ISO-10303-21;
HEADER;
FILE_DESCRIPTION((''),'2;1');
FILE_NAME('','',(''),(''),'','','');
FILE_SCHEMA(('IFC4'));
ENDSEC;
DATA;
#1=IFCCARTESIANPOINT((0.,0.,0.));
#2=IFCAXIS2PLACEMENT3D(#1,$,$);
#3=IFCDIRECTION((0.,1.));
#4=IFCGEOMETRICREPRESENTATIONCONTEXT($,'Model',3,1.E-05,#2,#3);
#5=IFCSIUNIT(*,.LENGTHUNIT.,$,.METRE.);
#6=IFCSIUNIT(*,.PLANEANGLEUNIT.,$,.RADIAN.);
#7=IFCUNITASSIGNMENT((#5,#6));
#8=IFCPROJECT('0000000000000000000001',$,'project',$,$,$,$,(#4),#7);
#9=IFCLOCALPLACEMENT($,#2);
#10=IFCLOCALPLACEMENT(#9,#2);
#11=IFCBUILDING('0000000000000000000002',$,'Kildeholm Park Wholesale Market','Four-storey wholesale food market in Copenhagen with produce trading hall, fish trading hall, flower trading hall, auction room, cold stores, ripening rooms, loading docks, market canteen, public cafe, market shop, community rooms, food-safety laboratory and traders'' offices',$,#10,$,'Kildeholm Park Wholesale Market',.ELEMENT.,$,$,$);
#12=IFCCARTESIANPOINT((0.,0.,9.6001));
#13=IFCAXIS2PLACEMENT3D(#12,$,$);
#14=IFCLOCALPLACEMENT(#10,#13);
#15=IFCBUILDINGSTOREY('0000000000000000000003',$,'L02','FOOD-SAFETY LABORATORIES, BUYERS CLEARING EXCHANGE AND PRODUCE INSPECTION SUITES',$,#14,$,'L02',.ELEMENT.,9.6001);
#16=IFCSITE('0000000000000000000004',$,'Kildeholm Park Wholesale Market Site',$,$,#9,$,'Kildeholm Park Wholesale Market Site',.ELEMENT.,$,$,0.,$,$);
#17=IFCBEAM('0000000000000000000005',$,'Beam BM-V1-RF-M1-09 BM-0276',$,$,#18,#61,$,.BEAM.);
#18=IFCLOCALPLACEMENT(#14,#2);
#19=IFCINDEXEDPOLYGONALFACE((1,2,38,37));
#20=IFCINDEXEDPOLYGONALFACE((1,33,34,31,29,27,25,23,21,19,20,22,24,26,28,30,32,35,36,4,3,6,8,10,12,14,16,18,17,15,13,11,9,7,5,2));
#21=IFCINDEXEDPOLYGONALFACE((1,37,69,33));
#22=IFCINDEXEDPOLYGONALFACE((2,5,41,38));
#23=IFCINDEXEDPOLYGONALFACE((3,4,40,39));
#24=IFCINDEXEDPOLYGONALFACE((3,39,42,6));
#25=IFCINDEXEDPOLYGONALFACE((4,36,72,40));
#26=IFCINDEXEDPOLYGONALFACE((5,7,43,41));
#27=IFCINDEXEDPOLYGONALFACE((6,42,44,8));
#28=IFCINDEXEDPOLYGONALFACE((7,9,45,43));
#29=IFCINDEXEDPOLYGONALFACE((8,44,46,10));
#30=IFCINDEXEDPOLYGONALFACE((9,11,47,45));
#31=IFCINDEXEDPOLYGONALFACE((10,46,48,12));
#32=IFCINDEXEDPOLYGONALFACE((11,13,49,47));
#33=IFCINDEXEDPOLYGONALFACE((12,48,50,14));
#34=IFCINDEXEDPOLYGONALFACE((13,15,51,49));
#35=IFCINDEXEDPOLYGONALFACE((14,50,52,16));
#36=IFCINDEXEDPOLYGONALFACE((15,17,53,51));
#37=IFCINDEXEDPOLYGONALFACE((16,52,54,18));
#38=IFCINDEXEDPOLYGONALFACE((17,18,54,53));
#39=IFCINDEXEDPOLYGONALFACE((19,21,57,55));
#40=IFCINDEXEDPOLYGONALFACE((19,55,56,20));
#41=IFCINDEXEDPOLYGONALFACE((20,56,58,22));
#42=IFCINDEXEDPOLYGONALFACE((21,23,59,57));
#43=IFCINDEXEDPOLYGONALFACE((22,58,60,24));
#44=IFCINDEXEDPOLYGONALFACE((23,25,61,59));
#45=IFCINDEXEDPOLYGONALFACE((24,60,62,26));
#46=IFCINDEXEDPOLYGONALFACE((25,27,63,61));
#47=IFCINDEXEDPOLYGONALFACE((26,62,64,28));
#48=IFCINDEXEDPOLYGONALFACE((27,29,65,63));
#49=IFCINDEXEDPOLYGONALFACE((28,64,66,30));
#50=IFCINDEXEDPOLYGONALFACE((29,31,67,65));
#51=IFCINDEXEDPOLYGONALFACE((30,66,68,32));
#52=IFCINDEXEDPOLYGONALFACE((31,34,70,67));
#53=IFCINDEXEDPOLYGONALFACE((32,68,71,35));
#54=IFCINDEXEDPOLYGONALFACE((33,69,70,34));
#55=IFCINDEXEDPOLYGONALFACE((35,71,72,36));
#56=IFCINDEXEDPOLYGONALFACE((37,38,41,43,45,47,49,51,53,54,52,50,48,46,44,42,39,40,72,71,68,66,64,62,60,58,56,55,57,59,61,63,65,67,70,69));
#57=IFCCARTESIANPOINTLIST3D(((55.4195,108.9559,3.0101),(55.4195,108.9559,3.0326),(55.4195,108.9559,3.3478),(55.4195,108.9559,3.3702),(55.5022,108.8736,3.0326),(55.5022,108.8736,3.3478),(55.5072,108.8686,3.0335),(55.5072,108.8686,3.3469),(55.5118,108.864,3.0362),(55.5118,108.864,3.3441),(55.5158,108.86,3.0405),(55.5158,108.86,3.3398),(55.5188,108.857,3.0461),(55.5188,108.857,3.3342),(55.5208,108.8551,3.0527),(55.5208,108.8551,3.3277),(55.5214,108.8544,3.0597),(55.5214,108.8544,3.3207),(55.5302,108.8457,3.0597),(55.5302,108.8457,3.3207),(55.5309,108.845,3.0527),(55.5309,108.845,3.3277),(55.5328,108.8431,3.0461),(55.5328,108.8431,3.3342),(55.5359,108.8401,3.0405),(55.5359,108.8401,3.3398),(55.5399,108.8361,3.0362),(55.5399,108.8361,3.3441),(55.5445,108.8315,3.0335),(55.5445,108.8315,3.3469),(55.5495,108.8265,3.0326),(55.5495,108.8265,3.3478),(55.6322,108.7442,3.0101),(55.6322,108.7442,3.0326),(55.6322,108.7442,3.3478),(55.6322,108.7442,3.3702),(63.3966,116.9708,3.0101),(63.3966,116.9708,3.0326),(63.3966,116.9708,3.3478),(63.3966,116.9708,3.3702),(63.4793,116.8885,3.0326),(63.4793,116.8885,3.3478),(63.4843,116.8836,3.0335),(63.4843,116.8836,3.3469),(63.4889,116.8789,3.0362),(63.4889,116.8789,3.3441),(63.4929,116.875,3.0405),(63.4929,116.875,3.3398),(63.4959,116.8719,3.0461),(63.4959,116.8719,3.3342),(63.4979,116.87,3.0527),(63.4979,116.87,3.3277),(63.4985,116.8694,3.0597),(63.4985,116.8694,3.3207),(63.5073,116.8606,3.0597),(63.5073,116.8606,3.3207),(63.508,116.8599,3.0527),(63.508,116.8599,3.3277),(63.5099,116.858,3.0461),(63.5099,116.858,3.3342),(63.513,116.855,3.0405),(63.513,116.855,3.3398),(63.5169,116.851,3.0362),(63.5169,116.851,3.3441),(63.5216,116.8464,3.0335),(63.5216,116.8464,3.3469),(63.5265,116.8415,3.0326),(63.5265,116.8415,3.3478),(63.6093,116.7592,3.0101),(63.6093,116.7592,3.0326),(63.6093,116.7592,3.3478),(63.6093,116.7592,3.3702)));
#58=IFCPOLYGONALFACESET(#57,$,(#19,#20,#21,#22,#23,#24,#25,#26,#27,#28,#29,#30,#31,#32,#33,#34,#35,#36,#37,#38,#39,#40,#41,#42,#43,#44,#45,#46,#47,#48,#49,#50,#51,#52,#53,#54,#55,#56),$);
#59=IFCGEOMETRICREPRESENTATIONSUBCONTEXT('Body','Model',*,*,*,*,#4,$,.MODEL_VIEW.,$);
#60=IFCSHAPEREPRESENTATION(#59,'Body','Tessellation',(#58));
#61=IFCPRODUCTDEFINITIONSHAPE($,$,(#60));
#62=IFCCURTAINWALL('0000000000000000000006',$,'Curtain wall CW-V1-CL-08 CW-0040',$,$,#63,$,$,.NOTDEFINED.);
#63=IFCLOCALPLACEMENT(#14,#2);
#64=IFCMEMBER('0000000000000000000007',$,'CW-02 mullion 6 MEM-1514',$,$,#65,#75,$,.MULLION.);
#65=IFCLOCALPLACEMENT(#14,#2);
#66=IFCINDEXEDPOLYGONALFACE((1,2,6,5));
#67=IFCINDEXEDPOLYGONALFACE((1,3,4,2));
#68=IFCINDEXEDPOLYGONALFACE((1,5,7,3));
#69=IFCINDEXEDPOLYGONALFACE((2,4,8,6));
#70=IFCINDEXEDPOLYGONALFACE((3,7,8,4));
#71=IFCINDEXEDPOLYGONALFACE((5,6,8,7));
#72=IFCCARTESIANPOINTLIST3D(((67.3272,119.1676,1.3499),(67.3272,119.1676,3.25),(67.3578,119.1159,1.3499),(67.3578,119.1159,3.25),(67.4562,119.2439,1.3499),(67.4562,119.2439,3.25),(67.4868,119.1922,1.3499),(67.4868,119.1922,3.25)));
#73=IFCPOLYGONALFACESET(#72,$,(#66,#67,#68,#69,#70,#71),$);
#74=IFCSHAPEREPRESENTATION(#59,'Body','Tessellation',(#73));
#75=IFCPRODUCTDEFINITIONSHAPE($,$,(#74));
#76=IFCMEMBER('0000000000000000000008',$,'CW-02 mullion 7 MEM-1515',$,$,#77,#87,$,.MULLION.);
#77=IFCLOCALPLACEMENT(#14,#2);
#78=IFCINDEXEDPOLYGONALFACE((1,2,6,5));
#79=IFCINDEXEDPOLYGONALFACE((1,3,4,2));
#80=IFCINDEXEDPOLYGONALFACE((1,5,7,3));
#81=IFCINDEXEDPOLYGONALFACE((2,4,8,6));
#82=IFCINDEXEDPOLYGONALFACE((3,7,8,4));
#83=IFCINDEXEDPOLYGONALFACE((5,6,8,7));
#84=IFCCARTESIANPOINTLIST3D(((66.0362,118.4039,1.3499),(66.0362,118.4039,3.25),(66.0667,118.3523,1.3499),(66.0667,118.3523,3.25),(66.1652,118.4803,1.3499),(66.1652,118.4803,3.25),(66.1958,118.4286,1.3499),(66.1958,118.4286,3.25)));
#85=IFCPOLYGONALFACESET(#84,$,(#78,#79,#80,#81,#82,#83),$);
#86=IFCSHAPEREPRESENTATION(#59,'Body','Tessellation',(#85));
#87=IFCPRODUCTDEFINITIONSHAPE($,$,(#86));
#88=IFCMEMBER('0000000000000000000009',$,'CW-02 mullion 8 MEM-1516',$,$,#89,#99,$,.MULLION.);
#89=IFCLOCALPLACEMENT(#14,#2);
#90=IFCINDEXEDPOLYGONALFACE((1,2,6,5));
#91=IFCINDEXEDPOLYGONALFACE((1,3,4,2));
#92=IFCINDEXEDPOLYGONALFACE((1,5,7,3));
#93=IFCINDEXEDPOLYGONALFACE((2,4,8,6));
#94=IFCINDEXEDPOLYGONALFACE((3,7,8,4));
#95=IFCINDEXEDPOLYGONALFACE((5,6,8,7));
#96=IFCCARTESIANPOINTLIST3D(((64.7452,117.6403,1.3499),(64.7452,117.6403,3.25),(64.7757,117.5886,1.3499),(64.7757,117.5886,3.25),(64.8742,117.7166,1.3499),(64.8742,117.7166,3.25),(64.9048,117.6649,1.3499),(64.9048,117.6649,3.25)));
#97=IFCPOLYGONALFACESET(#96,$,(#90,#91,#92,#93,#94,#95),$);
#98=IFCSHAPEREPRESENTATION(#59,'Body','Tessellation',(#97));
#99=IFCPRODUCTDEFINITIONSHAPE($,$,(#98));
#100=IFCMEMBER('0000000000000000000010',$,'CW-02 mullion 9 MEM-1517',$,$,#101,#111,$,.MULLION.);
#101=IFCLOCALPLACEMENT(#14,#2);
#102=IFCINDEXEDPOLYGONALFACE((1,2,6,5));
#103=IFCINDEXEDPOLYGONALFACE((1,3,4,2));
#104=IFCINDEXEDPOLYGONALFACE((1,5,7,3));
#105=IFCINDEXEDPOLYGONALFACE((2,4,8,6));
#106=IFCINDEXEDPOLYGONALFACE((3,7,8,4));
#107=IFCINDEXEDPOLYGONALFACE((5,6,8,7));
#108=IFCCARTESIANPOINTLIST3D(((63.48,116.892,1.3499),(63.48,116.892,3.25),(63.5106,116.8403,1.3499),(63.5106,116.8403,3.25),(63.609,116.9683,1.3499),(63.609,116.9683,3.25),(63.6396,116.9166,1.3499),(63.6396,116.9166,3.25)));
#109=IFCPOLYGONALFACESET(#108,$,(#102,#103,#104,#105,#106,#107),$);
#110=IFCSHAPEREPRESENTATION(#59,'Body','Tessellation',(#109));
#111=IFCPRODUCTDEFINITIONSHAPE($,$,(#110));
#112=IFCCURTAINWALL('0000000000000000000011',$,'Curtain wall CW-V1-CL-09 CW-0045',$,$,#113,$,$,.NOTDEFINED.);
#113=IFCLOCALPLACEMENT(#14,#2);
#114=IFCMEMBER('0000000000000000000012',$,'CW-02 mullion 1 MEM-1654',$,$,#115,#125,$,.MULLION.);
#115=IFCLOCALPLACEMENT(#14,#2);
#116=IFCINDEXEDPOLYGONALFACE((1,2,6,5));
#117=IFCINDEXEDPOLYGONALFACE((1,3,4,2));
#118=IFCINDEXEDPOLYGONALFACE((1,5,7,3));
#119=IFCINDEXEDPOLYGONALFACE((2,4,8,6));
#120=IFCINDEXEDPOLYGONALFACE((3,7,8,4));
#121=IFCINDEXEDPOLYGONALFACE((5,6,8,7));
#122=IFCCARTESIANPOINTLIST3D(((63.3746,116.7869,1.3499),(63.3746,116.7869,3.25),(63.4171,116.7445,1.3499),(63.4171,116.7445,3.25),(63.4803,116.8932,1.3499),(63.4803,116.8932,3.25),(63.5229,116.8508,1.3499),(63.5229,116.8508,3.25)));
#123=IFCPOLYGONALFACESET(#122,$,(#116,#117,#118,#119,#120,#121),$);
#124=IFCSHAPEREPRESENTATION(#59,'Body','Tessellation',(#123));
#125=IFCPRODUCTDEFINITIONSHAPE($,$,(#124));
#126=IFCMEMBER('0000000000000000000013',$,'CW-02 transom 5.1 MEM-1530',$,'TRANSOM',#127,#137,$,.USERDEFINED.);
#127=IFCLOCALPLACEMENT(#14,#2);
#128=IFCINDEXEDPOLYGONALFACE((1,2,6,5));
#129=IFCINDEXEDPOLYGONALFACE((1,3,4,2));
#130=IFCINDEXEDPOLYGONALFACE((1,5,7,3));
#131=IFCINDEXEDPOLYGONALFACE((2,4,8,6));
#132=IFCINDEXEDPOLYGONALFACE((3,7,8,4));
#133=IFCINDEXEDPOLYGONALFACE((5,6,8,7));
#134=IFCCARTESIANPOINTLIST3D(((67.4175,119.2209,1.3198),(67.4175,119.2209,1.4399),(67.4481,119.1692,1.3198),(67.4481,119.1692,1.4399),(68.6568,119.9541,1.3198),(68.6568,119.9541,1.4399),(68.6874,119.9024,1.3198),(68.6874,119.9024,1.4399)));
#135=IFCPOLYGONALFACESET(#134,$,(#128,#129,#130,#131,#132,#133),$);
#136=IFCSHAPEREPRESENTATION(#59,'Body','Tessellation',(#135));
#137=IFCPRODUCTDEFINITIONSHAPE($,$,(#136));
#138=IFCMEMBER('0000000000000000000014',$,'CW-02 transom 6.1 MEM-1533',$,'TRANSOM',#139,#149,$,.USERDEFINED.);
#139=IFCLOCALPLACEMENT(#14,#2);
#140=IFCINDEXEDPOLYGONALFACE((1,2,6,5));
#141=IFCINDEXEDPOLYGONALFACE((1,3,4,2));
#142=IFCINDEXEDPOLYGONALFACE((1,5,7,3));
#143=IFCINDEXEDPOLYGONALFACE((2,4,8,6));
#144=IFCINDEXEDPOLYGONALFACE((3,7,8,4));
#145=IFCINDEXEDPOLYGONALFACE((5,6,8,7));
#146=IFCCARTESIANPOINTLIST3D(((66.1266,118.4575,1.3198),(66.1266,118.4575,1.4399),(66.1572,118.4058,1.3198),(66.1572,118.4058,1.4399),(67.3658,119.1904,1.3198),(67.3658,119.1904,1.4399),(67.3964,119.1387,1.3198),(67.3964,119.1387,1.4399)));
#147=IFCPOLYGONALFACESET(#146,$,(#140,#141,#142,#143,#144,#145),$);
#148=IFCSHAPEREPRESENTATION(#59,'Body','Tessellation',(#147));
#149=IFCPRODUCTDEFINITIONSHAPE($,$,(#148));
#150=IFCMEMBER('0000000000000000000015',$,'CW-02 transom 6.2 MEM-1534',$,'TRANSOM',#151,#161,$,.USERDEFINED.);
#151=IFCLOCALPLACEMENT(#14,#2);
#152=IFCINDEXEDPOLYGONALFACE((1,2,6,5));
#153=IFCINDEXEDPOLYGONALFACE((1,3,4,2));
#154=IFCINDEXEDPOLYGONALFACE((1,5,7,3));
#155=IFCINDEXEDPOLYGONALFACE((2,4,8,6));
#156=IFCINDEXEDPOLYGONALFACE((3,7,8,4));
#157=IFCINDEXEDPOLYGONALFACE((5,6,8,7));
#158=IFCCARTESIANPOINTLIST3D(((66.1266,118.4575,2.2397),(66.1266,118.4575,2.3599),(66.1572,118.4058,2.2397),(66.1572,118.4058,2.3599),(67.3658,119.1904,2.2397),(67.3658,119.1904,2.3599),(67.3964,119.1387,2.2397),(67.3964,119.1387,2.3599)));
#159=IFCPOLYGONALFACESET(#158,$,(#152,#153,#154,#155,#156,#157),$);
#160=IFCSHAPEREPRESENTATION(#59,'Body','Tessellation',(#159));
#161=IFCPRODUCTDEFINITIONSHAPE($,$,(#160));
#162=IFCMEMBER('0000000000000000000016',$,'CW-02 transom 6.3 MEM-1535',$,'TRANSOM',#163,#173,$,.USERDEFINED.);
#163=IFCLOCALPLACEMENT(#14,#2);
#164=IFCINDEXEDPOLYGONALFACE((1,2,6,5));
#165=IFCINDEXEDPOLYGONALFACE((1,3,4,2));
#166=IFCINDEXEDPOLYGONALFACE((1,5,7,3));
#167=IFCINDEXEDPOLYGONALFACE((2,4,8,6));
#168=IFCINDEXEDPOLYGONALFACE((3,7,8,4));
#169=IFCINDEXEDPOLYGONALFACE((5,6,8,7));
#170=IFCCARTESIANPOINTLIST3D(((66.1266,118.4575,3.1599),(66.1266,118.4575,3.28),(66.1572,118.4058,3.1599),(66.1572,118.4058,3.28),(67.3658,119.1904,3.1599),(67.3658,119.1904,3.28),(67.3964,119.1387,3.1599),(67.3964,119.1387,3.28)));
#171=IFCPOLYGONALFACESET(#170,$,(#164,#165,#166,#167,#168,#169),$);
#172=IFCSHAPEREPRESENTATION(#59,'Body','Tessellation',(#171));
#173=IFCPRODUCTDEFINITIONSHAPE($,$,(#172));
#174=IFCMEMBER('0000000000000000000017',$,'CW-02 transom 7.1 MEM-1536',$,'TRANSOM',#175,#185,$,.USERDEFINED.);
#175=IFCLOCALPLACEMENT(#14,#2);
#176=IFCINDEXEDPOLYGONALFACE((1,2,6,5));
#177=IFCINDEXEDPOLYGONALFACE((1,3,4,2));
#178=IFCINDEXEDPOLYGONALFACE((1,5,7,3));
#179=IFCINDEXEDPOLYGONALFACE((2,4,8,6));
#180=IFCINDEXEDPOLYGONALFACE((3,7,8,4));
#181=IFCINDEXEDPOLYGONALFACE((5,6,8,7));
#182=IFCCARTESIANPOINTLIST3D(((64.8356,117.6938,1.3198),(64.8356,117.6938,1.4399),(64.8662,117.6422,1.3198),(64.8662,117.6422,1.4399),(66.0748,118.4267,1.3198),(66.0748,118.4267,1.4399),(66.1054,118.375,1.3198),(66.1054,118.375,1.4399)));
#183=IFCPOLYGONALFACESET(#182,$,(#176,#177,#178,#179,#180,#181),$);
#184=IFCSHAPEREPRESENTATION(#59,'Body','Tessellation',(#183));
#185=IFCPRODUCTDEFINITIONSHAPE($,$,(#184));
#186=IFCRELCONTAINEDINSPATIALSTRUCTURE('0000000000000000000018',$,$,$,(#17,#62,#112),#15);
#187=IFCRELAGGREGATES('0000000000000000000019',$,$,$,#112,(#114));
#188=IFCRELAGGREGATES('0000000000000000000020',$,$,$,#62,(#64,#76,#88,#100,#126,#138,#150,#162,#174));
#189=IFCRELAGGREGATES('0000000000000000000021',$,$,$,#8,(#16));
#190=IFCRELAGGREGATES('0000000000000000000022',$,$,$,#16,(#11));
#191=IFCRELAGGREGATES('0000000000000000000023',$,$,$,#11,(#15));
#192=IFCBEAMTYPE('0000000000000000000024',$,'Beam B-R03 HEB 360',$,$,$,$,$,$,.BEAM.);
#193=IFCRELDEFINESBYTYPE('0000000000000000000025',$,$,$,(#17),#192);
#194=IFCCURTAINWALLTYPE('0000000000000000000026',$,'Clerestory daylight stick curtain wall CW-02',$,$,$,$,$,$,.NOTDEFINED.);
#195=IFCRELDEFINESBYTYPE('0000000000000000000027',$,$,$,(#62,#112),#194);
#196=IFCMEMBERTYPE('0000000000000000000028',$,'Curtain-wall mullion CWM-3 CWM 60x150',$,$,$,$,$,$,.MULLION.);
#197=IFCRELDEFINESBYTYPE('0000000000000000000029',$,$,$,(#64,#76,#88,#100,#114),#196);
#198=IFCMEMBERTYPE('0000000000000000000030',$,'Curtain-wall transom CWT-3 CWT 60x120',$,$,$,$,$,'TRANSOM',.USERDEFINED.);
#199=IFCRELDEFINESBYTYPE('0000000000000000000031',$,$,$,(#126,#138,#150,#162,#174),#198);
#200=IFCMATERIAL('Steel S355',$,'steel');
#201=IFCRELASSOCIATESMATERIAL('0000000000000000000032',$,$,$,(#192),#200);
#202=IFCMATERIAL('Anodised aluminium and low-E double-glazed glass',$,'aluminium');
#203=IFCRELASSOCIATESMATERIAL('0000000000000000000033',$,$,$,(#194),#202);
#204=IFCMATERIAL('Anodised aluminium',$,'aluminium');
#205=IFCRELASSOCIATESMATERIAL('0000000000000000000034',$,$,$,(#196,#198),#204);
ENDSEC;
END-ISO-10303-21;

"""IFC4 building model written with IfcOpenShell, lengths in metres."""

from ifc_helpers import new_model, si_unit, direction, frame, origin, origin_2d, place, context, subcontext, project, spatial, rectangle, i_section, extrude, material, material_profile, profile_set, type_object, element, aggregate, save


model = new_model("IFC4")

# Units and contexts
model_context = context("Model", 3, precision=1e-05, world=origin(), true_north=direction((0.0, 1.0)))
body_context = subcontext(model_context, "Body", "Model", "MODEL_VIEW")
ifc_project = project(units=[si_unit("LENGTHUNIT", "METRE"), si_unit("PLANEANGLEUNIT", "RADIAN")], contexts=[model_context])

# Site, building, storey
site_placement = place(None, origin())
site = spatial("IfcSite", under=ifc_project, at=site_placement, Name="Kildeholm Park Wholesale Market Site", LongName="Kildeholm Park Wholesale Market Site", CompositionType="ELEMENT", RefElevation=0.0)
building_placement = place(site_placement, origin())
building = spatial("IfcBuilding", under=site, at=building_placement, Name="Kildeholm Park Wholesale Market", Description="Four-storey wholesale food market in Copenhagen with produce trading hall, fish trading hall, flower trading hall, auction room, cold stores, ripening rooms, loading docks, market canteen, public cafe, market shop, community rooms, food-safety laboratory and traders' offices", LongName="Kildeholm Park Wholesale Market", CompositionType="ELEMENT")
storey_placement = place(building_placement, frame((0.0, 0.0, 9.6001)))
storey = spatial("IfcBuildingStorey", under=building, at=storey_placement, Name="L02", Description="FOOD-SAFETY LABORATORIES, BUYERS CLEARING EXCHANGE AND PRODUCE INSPECTION SUITES", LongName="L02", CompositionType="ELEMENT", Elevation=9.6001)

# Shared definitions
ifc_material_1 = material(Name="Steel S355", Category="steel")

# Beam
ifc_material_profile_1 = material_profile(ifc_material_1, i_section(OverallWidth=0.3, OverallDepth=0.3601, WebThickness=0.0125, FlangeThickness=0.0225, FilletRadius=0.0271, at=origin_2d()), Name="HEB 360")
ifc_profile_set_1 = profile_set([ifc_material_profile_1], Name="Steel S355")
beam_type_1 = type_object("IfcBeamType", Name="Beam B-R03 HEB 360", PredefinedType="BEAM", material=ifc_profile_set_1)
beam_1_placement = place(storey_placement, frame((63.5029, 116.865, 3.1902), z_axis=(-0.705432, -0.708778, 0.0), x_axis=(0.708778, -0.705432, 0.0)))
element("IfcBeam", 1, at=beam_1_placement, inside=storey, type_object=beam_type_1, Name="Beam BM-V1-RF-M1-09 BM-0276", PredefinedType="BEAM", context=body_context, shape_type="SweptSolid", body=[
    extrude(i_section(OverallWidth=0.3, OverallDepth=0.3601, WebThickness=0.0125, FlangeThickness=0.0225, FilletRadius=0.0271, at=origin_2d()), origin(), (0.0, 0.0, 1.0), 11.3081),
])

# Curtain wall, members
ifc_material_2 = material(Name="Anodised aluminium and low-E double-glazed glass", Category="aluminium")
curtain_wall_type = type_object("IfcCurtainWallType", Name="Clerestory daylight stick curtain wall CW-02", PredefinedType="NOTDEFINED", material=ifc_material_2)
curtain_wall_1_placement = place(storey_placement, origin())
curtain_wall_1 = element("IfcCurtainWall", 2, at=curtain_wall_1_placement, inside=storey, type_object=curtain_wall_type, Name="Curtain wall CW-V1-CL-08 CW-0040", PredefinedType="NOTDEFINED")
ifc_material_3 = material(Name="Anodised aluminium", Category="aluminium")
ifc_material_profile_2 = material_profile(ifc_material_3, rectangle(XDim=0.0601, YDim=0.1499, at=origin_2d()), Name="CWM 60x150")
ifc_profile_set_2 = profile_set([ifc_material_profile_2], Name="Anodised aluminium")
member_type_1 = type_object("IfcMemberType", Name="Curtain-wall mullion CWM-3 CWM 60x150", PredefinedType="MULLION", material=ifc_profile_set_2)
member_1_placement = place(storey_placement, frame((67.407, 119.1799, 1.3499), z_axis=(0.0, 0.0, 1.0), x_axis=(0.509105, -0.860704, 0.0)))
member_1 = element("IfcMember", 3, at=member_1_placement, type_object=member_type_1, Name="CW-02 mullion 6 MEM-1514", PredefinedType="MULLION", context=body_context, shape_type="SweptSolid", body=[
    extrude(rectangle(XDim=0.0601, YDim=0.1499, at=origin_2d()), origin(), (0.0, 0.0, 1.0), 1.9001),
])
member_2_placement = place(storey_placement, frame((66.116, 118.4163, 1.3499), z_axis=(0.0, 0.0, 1.0), x_axis=(0.509105, -0.860704, 0.0)))
member_2 = element("IfcMember", 4, at=member_2_placement, type_object=member_type_1, Name="CW-02 mullion 7 MEM-1515", PredefinedType="MULLION", context=body_context, shape_type="SweptSolid", body=[
    extrude(rectangle(XDim=0.0601, YDim=0.1499, at=origin_2d()), origin(), (0.0, 0.0, 1.0), 1.9001),
])
member_3_placement = place(storey_placement, frame((64.825, 117.6526, 1.3499), z_axis=(0.0, 0.0, 1.0), x_axis=(0.509105, -0.860704, 0.0)))
member_3 = element("IfcMember", 5, at=member_3_placement, type_object=member_type_1, Name="CW-02 mullion 8 MEM-1516", PredefinedType="MULLION", context=body_context, shape_type="SweptSolid", body=[
    extrude(rectangle(XDim=0.0601, YDim=0.1499, at=origin_2d()), origin(), (0.0, 0.0, 1.0), 1.9001),
])
member_4_placement = place(storey_placement, frame((63.5598, 116.9043, 1.3499), z_axis=(0.0, 0.0, 1.0), x_axis=(0.509105, -0.860704, 0.0)))
member_4 = element("IfcMember", 6, at=member_4_placement, type_object=member_type_1, Name="CW-02 mullion 9 MEM-1517", PredefinedType="MULLION", context=body_context, shape_type="SweptSolid", body=[
    extrude(rectangle(XDim=0.0601, YDim=0.1499, at=origin_2d()), origin(), (0.0, 0.0, 1.0), 1.9001),
])

# Curtain wall, member
curtain_wall_2_placement = place(storey_placement, origin())
curtain_wall_2 = element("IfcCurtainWall", 7, at=curtain_wall_2_placement, inside=storey, type_object=curtain_wall_type, Name="Curtain wall CW-V1-CL-09 CW-0045", PredefinedType="NOTDEFINED")
member_5_placement = place(storey_placement, frame((63.4487, 116.8188, 1.3499), z_axis=(0.0, 0.0, 1.0), x_axis=(0.708797, -0.705413, 0.0)))
member_5 = element("IfcMember", 8, at=member_5_placement, type_object=member_type_1, Name="CW-02 mullion 1 MEM-1654", PredefinedType="MULLION", context=body_context, shape_type="SweptSolid", body=[
    extrude(rectangle(XDim=0.0601, YDim=0.1499, at=origin_2d()), origin(), (0.0, 0.0, 1.0), 1.9001),
])
aggregate(curtain_wall_2, [member_5])

# Members
ifc_material_profile_3 = material_profile(ifc_material_3, rectangle(XDim=0.0601, YDim=0.1201, at=origin_2d()), Name="CWT 60x120")
ifc_profile_set_3 = profile_set([ifc_material_profile_3], Name="Anodised aluminium")
member_type_2 = type_object("IfcMemberType", Name="Curtain-wall transom CWT-3 CWT 60x120", ElementType="TRANSOM", PredefinedType="USERDEFINED", material=ifc_profile_set_3)
member_6_placement = place(storey_placement, frame((68.6721, 119.9282, 1.3799), z_axis=(-0.860663, -0.509175, 0.0), x_axis=(0.509175, -0.860663, 0.0)))
member_6 = element("IfcMember", 9, at=member_6_placement, type_object=member_type_2, Name="CW-02 transom 5.1 MEM-1530", ObjectType="TRANSOM", PredefinedType="USERDEFINED", context=body_context, shape_type="SweptSolid", body=[
    extrude(rectangle(XDim=0.0601, YDim=0.1201, at=origin_2d()), origin(), (0.0, 0.0, 1.0), 1.4399),
])
member_7_placement = place(storey_placement, frame((67.3811, 119.1646, 1.3799), z_axis=(-0.860737, -0.509049, 0.0), x_axis=(0.509049, -0.860737, 0.0)))
member_7 = element("IfcMember", 10, at=member_7_placement, type_object=member_type_2, Name="CW-02 transom 6.1 MEM-1533", ObjectType="TRANSOM", PredefinedType="USERDEFINED", context=body_context, shape_type="SweptSolid", body=[
    extrude(rectangle(XDim=0.0601, YDim=0.1201, at=origin_2d()), origin(), (0.0, 0.0, 1.0), 1.4397),
])
member_8_placement = place(storey_placement, frame((67.3811, 119.1646, 2.2998), z_axis=(-0.860737, -0.509049, 0.0), x_axis=(0.509049, -0.860737, 0.0)))
member_8 = element("IfcMember", 11, at=member_8_placement, type_object=member_type_2, Name="CW-02 transom 6.2 MEM-1534", ObjectType="TRANSOM", PredefinedType="USERDEFINED", context=body_context, shape_type="SweptSolid", body=[
    extrude(rectangle(XDim=0.0601, YDim=0.1201, at=origin_2d()), origin(), (0.0, 0.0, 1.0), 1.4397),
])
member_9_placement = place(storey_placement, frame((67.3811, 119.1646, 3.22), z_axis=(-0.860737, -0.509049, 0.0), x_axis=(0.509049, -0.860737, 0.0)))
member_9 = element("IfcMember", 12, at=member_9_placement, type_object=member_type_2, Name="CW-02 transom 6.3 MEM-1535", ObjectType="TRANSOM", PredefinedType="USERDEFINED", context=body_context, shape_type="SweptSolid", body=[
    extrude(rectangle(XDim=0.0601, YDim=0.1201, at=origin_2d()), origin(), (0.0, 0.0, 1.0), 1.4397),
])
member_10_placement = place(storey_placement, frame((66.0901, 118.4009, 1.3799), z_axis=(-0.860737, -0.509049, 0.0), x_axis=(0.509049, -0.860737, 0.0)))
member_10 = element("IfcMember", 13, at=member_10_placement, type_object=member_type_2, Name="CW-02 transom 7.1 MEM-1536", ObjectType="TRANSOM", PredefinedType="USERDEFINED", context=body_context, shape_type="SweptSolid", body=[
    extrude(rectangle(XDim=0.0601, YDim=0.1201, at=origin_2d()), origin(), (0.0, 0.0, 1.0), 1.4397),
])

aggregate(curtain_wall_1, [member_1, member_2, member_3, member_4, member_6, member_7, member_8, member_9, member_10])

save(model, "model.ifc")
